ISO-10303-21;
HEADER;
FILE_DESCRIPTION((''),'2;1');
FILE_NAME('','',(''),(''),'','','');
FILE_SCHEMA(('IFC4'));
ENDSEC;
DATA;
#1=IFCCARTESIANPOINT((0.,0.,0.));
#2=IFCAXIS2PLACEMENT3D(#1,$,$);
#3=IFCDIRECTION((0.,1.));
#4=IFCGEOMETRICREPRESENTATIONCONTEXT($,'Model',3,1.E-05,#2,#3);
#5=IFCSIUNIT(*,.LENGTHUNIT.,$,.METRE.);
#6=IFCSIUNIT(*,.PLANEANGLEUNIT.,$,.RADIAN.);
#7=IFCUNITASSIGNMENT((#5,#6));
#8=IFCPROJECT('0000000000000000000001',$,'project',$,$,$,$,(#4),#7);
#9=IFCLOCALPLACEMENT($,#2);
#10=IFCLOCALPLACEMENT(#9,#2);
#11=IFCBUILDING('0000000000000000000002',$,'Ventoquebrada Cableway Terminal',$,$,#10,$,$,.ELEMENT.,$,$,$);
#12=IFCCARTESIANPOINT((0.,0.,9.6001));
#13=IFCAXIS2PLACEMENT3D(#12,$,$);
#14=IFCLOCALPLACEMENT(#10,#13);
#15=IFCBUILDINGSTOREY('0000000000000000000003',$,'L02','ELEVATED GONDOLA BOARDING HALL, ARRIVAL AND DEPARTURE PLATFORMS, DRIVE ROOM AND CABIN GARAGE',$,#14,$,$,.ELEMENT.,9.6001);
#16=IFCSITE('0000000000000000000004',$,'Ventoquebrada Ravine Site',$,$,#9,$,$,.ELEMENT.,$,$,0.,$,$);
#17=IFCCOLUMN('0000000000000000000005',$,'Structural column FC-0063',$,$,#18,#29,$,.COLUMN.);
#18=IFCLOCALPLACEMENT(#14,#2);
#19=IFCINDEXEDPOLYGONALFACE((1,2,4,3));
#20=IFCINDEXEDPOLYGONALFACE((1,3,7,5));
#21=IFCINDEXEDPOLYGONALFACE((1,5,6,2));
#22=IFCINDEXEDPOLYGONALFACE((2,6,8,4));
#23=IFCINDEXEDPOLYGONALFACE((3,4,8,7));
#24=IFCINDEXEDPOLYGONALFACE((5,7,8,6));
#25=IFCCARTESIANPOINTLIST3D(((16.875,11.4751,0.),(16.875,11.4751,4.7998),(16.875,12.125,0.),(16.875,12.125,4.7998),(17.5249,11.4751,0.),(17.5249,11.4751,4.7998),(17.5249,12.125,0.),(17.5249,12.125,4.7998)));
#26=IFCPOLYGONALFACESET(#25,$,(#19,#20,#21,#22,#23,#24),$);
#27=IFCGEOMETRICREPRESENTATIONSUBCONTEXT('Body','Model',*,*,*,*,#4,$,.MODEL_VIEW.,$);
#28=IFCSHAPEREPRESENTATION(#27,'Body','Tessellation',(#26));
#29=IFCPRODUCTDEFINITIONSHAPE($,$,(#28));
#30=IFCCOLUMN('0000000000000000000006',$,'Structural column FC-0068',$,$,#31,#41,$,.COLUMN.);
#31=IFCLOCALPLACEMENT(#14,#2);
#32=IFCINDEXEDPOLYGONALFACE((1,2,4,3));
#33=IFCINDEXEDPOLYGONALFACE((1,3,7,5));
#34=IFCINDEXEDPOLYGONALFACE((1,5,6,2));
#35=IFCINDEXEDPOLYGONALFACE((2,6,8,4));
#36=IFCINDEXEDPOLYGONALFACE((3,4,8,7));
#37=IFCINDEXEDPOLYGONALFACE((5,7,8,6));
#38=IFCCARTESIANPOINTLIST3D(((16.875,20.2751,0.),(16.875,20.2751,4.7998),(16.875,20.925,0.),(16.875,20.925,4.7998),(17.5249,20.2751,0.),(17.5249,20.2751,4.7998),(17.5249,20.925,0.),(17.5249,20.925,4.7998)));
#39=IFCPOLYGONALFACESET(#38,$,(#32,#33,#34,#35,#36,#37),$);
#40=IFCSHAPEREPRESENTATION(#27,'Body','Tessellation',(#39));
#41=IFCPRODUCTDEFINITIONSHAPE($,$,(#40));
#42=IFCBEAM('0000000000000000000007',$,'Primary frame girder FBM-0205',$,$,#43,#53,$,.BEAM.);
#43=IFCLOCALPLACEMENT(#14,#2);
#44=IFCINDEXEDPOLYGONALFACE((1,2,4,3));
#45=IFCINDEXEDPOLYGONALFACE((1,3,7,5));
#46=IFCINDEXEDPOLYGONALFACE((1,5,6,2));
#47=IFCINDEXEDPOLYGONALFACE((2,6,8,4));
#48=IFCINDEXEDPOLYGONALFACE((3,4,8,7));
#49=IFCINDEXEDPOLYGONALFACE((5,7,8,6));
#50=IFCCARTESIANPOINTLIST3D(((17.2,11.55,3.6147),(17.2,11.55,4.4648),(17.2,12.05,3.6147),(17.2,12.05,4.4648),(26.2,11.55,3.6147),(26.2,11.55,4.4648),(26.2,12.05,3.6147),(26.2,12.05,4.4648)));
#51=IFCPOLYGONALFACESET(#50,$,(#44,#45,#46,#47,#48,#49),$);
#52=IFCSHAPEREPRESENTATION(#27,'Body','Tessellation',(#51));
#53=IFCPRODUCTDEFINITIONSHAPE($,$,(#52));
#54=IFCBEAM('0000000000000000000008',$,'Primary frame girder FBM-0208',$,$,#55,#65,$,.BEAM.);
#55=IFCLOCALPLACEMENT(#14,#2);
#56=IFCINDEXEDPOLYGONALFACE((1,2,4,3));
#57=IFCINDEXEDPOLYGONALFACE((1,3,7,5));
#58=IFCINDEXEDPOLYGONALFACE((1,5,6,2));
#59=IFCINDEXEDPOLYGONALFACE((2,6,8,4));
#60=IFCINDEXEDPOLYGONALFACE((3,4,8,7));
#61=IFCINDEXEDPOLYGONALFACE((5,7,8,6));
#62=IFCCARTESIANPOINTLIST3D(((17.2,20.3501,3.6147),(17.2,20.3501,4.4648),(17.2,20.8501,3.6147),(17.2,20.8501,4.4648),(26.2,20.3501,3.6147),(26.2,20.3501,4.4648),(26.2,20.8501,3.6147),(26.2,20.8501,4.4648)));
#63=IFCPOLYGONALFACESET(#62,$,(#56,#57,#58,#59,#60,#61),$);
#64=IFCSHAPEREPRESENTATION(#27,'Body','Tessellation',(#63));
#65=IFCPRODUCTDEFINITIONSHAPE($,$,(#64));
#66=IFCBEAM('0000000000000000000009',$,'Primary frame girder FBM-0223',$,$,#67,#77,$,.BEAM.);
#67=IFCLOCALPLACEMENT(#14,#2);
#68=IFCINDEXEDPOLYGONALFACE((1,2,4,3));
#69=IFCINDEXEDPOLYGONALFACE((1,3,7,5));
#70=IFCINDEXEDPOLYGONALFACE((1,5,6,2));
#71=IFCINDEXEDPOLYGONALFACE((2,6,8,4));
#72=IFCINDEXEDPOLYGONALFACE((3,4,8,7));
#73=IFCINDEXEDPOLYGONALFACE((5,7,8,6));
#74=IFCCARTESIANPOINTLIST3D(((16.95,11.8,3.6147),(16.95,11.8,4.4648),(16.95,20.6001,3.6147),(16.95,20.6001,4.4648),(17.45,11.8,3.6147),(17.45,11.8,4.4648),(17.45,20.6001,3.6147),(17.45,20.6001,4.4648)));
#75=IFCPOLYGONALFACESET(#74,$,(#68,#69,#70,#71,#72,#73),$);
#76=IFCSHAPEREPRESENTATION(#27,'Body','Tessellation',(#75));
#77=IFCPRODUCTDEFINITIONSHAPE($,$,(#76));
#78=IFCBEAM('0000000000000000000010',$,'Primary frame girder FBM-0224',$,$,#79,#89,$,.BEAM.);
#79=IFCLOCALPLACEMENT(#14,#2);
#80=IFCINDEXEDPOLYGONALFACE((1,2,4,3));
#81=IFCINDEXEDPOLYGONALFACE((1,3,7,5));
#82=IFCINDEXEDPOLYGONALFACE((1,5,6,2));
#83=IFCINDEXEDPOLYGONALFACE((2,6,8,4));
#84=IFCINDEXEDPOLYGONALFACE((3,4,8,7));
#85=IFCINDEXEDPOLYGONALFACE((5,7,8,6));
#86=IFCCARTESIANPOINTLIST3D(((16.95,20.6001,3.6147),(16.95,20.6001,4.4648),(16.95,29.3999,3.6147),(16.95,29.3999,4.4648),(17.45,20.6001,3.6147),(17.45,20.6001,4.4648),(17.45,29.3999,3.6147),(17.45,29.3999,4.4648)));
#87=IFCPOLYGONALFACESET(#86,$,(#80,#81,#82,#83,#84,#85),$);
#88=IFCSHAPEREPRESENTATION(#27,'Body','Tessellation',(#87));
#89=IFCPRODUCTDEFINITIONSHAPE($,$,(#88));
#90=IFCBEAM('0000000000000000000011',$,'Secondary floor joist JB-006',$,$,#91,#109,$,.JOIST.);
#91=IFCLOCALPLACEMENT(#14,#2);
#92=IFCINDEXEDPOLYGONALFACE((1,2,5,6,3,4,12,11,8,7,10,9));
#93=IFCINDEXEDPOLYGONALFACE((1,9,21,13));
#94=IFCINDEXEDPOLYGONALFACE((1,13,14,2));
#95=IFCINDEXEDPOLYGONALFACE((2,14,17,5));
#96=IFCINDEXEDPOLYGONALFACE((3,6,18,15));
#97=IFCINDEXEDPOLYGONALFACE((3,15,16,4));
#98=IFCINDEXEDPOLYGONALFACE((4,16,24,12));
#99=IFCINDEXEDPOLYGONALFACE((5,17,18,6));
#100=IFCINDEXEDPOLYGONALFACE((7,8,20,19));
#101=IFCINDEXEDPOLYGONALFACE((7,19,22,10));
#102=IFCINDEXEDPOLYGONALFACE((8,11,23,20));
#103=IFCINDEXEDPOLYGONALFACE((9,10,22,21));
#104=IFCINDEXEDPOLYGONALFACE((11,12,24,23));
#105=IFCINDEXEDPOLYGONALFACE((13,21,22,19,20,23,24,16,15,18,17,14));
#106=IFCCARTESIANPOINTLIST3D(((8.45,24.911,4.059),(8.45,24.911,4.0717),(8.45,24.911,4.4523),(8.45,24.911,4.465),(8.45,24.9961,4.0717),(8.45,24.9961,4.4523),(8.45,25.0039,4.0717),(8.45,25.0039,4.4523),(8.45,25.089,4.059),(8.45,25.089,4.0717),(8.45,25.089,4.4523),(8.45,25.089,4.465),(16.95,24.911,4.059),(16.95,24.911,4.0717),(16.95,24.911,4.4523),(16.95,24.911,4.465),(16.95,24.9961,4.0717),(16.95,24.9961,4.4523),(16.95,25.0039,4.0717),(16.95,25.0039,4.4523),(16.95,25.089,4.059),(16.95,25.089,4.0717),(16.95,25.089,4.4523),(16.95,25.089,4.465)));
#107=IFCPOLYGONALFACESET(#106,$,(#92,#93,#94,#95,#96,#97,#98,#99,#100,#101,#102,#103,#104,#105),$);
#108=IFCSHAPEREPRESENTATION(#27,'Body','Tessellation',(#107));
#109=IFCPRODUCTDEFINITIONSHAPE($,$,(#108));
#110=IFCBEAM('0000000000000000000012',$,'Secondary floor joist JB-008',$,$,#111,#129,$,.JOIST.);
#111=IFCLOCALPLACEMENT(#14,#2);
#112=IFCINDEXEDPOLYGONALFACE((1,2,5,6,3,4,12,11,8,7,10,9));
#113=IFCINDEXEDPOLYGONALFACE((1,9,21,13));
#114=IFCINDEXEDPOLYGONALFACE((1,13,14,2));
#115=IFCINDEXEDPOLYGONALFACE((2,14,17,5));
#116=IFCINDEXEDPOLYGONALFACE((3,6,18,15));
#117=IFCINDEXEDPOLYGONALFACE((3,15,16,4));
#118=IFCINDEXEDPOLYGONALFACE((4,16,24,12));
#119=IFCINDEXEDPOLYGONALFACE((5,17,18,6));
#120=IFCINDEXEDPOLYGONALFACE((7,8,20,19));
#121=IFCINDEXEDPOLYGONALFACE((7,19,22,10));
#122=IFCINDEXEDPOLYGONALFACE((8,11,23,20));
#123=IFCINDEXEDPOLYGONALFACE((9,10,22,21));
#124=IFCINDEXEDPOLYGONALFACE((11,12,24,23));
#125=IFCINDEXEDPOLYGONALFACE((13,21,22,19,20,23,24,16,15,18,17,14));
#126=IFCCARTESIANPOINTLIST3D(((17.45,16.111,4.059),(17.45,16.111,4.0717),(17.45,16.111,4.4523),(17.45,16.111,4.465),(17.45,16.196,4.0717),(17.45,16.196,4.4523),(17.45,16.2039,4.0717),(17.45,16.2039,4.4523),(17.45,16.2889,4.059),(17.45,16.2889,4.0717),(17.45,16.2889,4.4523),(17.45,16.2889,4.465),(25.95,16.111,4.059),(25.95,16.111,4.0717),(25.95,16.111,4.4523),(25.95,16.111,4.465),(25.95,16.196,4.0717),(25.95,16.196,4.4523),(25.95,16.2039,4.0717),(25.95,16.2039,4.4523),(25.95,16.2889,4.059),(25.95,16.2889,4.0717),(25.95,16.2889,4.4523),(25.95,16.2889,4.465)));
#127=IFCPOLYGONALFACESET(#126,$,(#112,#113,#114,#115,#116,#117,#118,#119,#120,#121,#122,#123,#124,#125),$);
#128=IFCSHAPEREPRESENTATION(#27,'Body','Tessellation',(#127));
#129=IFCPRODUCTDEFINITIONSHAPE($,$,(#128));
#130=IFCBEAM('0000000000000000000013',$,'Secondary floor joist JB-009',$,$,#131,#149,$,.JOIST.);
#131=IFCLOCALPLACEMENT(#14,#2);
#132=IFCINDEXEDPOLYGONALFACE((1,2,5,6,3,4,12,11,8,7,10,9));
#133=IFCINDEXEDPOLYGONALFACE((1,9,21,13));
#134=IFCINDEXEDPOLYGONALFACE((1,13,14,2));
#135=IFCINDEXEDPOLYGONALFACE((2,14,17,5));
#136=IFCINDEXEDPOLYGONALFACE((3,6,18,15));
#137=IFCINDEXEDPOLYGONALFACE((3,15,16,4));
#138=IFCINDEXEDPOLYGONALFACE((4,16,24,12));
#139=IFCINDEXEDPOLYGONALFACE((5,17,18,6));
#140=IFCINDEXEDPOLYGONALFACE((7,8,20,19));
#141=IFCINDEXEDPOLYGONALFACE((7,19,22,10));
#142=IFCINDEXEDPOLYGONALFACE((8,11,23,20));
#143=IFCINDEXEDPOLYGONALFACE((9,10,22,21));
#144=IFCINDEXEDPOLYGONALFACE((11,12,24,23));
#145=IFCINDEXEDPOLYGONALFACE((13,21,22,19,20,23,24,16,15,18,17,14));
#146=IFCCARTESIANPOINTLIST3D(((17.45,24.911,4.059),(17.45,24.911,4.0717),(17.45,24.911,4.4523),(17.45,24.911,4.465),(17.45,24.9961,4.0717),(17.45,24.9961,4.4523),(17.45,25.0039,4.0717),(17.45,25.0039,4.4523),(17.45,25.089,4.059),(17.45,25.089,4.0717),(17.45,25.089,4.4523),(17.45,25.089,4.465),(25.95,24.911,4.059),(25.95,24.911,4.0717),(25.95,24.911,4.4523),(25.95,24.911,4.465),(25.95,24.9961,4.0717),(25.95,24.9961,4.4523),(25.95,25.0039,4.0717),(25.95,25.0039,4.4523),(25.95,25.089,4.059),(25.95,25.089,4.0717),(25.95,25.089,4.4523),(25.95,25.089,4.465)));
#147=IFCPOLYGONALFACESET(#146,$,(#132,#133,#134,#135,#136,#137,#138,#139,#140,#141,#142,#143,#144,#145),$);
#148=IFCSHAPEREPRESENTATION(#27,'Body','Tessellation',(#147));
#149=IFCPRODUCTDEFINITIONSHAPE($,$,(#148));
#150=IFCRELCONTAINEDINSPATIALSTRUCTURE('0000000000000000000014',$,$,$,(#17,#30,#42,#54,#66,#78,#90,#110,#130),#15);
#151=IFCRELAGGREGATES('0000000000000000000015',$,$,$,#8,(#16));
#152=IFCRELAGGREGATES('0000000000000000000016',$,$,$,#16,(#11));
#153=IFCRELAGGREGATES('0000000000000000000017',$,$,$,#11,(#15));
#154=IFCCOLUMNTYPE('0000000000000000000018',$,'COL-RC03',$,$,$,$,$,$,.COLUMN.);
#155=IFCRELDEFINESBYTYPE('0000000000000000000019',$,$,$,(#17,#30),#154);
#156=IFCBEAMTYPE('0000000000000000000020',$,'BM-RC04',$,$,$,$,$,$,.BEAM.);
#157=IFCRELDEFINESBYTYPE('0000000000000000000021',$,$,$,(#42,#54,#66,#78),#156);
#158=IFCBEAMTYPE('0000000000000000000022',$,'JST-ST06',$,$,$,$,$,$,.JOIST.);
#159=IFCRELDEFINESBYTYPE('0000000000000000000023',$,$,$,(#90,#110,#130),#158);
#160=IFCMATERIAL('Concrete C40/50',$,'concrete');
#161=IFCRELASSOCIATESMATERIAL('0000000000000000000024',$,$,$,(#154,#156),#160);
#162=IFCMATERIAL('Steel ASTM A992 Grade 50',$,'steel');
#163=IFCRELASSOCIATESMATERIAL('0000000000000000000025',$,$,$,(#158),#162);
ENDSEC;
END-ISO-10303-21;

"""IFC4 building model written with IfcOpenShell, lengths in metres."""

from ifc_helpers import new_model, si_unit, direction, frame, origin, origin_2d, place, context, subcontext, project, spatial, rectangle, i_section, extrude, material, material_profile, profile_set, type_object, element, save


model = new_model("IFC4")

# Units and contexts
model_context = context("Model", 3, precision=1e-05, world=origin(), true_north=direction((0.0, 1.0)))
body_context = subcontext(model_context, "Body", "Model", "MODEL_VIEW")
ifc_project = project(units=[si_unit("LENGTHUNIT", "METRE"), si_unit("PLANEANGLEUNIT", "RADIAN")], contexts=[model_context])

# Site, building, storey
site_placement = place(None, origin())
site = spatial("IfcSite", under=ifc_project, at=site_placement, Name="Ventoquebrada Ravine Site", CompositionType="ELEMENT", RefElevation=0.0)
building_placement = place(site_placement, origin())
building = spatial("IfcBuilding", under=site, at=building_placement, Name="Ventoquebrada Cableway Terminal", CompositionType="ELEMENT")
storey_placement = place(building_placement, frame((0.0, 0.0, 9.6001)))
storey = spatial("IfcBuildingStorey", under=building, at=storey_placement, Name="L02", Description="ELEVATED GONDOLA BOARDING HALL, ARRIVAL AND DEPARTURE PLATFORMS, DRIVE ROOM AND CABIN GARAGE", CompositionType="ELEMENT", Elevation=9.6001)

# Columns
ifc_material_1 = material(Name="Concrete C40/50", Category="concrete")
ifc_material_profile_1 = material_profile(ifc_material_1, rectangle(XDim=0.6499, YDim=0.6499, at=origin_2d()), Name="RC-COL-650X650")
ifc_profile_set_1 = profile_set([ifc_material_profile_1], Name="Concrete C40/50")
column_type = type_object("IfcColumnType", Name="COL-RC03", PredefinedType="COLUMN", material=ifc_profile_set_1)
for number, where, z_axis, x_axis, name in (
    (1, (17.2, 11.8, 0.0), (0.0, 0.0, 1.0), (1.0, 0.0, 0.0), "Structural column FC-0063"),
    (2, (17.2, 20.6001, 0.0), (0.0, 0.0, 1.0), (1.0, 0.0, 0.0), "Structural column FC-0068"),
):
    element("IfcColumn", number, at=place(storey_placement, frame(where, z_axis=z_axis, x_axis=x_axis)), inside=storey, type_object=column_type, Name=name, PredefinedType="COLUMN", context=body_context, shape_type="SweptSolid", body=[
        extrude(rectangle(XDim=0.6499, YDim=0.6499, at=origin_2d()), origin(), (0.0, 0.0, 1.0), 4.7998),
    ])

# Beams
ifc_material_profile_2 = material_profile(ifc_material_1, rectangle(XDim=0.5, YDim=0.8501, at=origin_2d()), Name="RC-BM-500X850")
ifc_profile_set_2 = profile_set([ifc_material_profile_2], Name="Concrete C40/50")
beam_type_1 = type_object("IfcBeamType", Name="BM-RC04", PredefinedType="BEAM", material=ifc_profile_set_2)
for number, where, z_axis, x_axis, name in (
    (3, (17.2, 11.8, 4.0398), (1.0, 0.0, 0.0), (0.0, 1.0, 0.0), "Primary frame girder FBM-0205"),
    (4, (17.2, 20.6001, 4.0398), (1.0, 0.0, 0.0), (0.0, 1.0, 0.0), "Primary frame girder FBM-0208"),
):
    element("IfcBeam", number, at=place(storey_placement, frame(where, z_axis=z_axis, x_axis=x_axis)), inside=storey, type_object=beam_type_1, Name=name, PredefinedType="BEAM", context=body_context, shape_type="SweptSolid", body=[
        extrude(rectangle(XDim=0.5, YDim=0.8501, at=origin_2d()), origin(), (0.0, 0.0, 1.0), 9.0),
    ])
beam_1_placement = place(storey_placement, frame((17.2, 11.8, 4.0398), z_axis=(0.0, 1.0, 0.0), x_axis=(-1.0, 0.0, 0.0)))
element("IfcBeam", 5, at=beam_1_placement, inside=storey, type_object=beam_type_1, Name="Primary frame girder FBM-0223", PredefinedType="BEAM", context=body_context, shape_type="SweptSolid", body=[
    extrude(rectangle(XDim=0.5, YDim=0.8501, at=origin_2d()), origin(), (0.0, 0.0, 1.0), 8.8),
])
beam_2_placement = place(storey_placement, frame((17.2, 20.6001, 4.0398), z_axis=(0.0, 1.0, 0.0), x_axis=(-1.0, 0.0, 0.0)))
element("IfcBeam", 6, at=beam_2_placement, inside=storey, type_object=beam_type_1, Name="Primary frame girder FBM-0224", PredefinedType="BEAM", context=body_context, shape_type="SweptSolid", body=[
    extrude(rectangle(XDim=0.5, YDim=0.8501, at=origin_2d()), origin(), (0.0, 0.0, 1.0), 8.7998),
])
ifc_material_2 = material(Name="Steel ASTM A992 Grade 50", Category="steel")
ifc_material_profile_3 = material_profile(ifc_material_2, i_section(OverallWidth=0.178, OverallDepth=0.406, WebThickness=0.0078, FlangeThickness=0.0127, at=origin_2d()), Name="W16X40")
ifc_profile_set_3 = profile_set([ifc_material_profile_3], Name="Steel ASTM A992 Grade 50")
beam_type_2 = type_object("IfcBeamType", Name="JST-ST06", PredefinedType="JOIST", material=ifc_profile_set_3)
for number, where, z_axis, x_axis, name in (
    (7, (8.45, 25.0, 4.262), (1.0, 0.0, 0.0), (0.0, 1.0, 0.0), "Secondary floor joist JB-006"),
    (8, (17.45, 16.2, 4.262), (1.0, 0.0, 0.0), (0.0, 1.0, 0.0), "Secondary floor joist JB-008"),
    (9, (17.45, 25.0, 4.262), (1.0, 0.0, 0.0), (0.0, 1.0, 0.0), "Secondary floor joist JB-009"),
):
    element("IfcBeam", number, at=place(storey_placement, frame(where, z_axis=z_axis, x_axis=x_axis)), inside=storey, type_object=beam_type_2, Name=name, PredefinedType="JOIST", context=body_context, shape_type="SweptSolid", body=[
        extrude(i_section(OverallWidth=0.178, OverallDepth=0.406, WebThickness=0.0078, FlangeThickness=0.0127, at=origin_2d()), origin(), (0.0, 0.0, 1.0), 8.5),
    ])

save(model, "model.ifc")
